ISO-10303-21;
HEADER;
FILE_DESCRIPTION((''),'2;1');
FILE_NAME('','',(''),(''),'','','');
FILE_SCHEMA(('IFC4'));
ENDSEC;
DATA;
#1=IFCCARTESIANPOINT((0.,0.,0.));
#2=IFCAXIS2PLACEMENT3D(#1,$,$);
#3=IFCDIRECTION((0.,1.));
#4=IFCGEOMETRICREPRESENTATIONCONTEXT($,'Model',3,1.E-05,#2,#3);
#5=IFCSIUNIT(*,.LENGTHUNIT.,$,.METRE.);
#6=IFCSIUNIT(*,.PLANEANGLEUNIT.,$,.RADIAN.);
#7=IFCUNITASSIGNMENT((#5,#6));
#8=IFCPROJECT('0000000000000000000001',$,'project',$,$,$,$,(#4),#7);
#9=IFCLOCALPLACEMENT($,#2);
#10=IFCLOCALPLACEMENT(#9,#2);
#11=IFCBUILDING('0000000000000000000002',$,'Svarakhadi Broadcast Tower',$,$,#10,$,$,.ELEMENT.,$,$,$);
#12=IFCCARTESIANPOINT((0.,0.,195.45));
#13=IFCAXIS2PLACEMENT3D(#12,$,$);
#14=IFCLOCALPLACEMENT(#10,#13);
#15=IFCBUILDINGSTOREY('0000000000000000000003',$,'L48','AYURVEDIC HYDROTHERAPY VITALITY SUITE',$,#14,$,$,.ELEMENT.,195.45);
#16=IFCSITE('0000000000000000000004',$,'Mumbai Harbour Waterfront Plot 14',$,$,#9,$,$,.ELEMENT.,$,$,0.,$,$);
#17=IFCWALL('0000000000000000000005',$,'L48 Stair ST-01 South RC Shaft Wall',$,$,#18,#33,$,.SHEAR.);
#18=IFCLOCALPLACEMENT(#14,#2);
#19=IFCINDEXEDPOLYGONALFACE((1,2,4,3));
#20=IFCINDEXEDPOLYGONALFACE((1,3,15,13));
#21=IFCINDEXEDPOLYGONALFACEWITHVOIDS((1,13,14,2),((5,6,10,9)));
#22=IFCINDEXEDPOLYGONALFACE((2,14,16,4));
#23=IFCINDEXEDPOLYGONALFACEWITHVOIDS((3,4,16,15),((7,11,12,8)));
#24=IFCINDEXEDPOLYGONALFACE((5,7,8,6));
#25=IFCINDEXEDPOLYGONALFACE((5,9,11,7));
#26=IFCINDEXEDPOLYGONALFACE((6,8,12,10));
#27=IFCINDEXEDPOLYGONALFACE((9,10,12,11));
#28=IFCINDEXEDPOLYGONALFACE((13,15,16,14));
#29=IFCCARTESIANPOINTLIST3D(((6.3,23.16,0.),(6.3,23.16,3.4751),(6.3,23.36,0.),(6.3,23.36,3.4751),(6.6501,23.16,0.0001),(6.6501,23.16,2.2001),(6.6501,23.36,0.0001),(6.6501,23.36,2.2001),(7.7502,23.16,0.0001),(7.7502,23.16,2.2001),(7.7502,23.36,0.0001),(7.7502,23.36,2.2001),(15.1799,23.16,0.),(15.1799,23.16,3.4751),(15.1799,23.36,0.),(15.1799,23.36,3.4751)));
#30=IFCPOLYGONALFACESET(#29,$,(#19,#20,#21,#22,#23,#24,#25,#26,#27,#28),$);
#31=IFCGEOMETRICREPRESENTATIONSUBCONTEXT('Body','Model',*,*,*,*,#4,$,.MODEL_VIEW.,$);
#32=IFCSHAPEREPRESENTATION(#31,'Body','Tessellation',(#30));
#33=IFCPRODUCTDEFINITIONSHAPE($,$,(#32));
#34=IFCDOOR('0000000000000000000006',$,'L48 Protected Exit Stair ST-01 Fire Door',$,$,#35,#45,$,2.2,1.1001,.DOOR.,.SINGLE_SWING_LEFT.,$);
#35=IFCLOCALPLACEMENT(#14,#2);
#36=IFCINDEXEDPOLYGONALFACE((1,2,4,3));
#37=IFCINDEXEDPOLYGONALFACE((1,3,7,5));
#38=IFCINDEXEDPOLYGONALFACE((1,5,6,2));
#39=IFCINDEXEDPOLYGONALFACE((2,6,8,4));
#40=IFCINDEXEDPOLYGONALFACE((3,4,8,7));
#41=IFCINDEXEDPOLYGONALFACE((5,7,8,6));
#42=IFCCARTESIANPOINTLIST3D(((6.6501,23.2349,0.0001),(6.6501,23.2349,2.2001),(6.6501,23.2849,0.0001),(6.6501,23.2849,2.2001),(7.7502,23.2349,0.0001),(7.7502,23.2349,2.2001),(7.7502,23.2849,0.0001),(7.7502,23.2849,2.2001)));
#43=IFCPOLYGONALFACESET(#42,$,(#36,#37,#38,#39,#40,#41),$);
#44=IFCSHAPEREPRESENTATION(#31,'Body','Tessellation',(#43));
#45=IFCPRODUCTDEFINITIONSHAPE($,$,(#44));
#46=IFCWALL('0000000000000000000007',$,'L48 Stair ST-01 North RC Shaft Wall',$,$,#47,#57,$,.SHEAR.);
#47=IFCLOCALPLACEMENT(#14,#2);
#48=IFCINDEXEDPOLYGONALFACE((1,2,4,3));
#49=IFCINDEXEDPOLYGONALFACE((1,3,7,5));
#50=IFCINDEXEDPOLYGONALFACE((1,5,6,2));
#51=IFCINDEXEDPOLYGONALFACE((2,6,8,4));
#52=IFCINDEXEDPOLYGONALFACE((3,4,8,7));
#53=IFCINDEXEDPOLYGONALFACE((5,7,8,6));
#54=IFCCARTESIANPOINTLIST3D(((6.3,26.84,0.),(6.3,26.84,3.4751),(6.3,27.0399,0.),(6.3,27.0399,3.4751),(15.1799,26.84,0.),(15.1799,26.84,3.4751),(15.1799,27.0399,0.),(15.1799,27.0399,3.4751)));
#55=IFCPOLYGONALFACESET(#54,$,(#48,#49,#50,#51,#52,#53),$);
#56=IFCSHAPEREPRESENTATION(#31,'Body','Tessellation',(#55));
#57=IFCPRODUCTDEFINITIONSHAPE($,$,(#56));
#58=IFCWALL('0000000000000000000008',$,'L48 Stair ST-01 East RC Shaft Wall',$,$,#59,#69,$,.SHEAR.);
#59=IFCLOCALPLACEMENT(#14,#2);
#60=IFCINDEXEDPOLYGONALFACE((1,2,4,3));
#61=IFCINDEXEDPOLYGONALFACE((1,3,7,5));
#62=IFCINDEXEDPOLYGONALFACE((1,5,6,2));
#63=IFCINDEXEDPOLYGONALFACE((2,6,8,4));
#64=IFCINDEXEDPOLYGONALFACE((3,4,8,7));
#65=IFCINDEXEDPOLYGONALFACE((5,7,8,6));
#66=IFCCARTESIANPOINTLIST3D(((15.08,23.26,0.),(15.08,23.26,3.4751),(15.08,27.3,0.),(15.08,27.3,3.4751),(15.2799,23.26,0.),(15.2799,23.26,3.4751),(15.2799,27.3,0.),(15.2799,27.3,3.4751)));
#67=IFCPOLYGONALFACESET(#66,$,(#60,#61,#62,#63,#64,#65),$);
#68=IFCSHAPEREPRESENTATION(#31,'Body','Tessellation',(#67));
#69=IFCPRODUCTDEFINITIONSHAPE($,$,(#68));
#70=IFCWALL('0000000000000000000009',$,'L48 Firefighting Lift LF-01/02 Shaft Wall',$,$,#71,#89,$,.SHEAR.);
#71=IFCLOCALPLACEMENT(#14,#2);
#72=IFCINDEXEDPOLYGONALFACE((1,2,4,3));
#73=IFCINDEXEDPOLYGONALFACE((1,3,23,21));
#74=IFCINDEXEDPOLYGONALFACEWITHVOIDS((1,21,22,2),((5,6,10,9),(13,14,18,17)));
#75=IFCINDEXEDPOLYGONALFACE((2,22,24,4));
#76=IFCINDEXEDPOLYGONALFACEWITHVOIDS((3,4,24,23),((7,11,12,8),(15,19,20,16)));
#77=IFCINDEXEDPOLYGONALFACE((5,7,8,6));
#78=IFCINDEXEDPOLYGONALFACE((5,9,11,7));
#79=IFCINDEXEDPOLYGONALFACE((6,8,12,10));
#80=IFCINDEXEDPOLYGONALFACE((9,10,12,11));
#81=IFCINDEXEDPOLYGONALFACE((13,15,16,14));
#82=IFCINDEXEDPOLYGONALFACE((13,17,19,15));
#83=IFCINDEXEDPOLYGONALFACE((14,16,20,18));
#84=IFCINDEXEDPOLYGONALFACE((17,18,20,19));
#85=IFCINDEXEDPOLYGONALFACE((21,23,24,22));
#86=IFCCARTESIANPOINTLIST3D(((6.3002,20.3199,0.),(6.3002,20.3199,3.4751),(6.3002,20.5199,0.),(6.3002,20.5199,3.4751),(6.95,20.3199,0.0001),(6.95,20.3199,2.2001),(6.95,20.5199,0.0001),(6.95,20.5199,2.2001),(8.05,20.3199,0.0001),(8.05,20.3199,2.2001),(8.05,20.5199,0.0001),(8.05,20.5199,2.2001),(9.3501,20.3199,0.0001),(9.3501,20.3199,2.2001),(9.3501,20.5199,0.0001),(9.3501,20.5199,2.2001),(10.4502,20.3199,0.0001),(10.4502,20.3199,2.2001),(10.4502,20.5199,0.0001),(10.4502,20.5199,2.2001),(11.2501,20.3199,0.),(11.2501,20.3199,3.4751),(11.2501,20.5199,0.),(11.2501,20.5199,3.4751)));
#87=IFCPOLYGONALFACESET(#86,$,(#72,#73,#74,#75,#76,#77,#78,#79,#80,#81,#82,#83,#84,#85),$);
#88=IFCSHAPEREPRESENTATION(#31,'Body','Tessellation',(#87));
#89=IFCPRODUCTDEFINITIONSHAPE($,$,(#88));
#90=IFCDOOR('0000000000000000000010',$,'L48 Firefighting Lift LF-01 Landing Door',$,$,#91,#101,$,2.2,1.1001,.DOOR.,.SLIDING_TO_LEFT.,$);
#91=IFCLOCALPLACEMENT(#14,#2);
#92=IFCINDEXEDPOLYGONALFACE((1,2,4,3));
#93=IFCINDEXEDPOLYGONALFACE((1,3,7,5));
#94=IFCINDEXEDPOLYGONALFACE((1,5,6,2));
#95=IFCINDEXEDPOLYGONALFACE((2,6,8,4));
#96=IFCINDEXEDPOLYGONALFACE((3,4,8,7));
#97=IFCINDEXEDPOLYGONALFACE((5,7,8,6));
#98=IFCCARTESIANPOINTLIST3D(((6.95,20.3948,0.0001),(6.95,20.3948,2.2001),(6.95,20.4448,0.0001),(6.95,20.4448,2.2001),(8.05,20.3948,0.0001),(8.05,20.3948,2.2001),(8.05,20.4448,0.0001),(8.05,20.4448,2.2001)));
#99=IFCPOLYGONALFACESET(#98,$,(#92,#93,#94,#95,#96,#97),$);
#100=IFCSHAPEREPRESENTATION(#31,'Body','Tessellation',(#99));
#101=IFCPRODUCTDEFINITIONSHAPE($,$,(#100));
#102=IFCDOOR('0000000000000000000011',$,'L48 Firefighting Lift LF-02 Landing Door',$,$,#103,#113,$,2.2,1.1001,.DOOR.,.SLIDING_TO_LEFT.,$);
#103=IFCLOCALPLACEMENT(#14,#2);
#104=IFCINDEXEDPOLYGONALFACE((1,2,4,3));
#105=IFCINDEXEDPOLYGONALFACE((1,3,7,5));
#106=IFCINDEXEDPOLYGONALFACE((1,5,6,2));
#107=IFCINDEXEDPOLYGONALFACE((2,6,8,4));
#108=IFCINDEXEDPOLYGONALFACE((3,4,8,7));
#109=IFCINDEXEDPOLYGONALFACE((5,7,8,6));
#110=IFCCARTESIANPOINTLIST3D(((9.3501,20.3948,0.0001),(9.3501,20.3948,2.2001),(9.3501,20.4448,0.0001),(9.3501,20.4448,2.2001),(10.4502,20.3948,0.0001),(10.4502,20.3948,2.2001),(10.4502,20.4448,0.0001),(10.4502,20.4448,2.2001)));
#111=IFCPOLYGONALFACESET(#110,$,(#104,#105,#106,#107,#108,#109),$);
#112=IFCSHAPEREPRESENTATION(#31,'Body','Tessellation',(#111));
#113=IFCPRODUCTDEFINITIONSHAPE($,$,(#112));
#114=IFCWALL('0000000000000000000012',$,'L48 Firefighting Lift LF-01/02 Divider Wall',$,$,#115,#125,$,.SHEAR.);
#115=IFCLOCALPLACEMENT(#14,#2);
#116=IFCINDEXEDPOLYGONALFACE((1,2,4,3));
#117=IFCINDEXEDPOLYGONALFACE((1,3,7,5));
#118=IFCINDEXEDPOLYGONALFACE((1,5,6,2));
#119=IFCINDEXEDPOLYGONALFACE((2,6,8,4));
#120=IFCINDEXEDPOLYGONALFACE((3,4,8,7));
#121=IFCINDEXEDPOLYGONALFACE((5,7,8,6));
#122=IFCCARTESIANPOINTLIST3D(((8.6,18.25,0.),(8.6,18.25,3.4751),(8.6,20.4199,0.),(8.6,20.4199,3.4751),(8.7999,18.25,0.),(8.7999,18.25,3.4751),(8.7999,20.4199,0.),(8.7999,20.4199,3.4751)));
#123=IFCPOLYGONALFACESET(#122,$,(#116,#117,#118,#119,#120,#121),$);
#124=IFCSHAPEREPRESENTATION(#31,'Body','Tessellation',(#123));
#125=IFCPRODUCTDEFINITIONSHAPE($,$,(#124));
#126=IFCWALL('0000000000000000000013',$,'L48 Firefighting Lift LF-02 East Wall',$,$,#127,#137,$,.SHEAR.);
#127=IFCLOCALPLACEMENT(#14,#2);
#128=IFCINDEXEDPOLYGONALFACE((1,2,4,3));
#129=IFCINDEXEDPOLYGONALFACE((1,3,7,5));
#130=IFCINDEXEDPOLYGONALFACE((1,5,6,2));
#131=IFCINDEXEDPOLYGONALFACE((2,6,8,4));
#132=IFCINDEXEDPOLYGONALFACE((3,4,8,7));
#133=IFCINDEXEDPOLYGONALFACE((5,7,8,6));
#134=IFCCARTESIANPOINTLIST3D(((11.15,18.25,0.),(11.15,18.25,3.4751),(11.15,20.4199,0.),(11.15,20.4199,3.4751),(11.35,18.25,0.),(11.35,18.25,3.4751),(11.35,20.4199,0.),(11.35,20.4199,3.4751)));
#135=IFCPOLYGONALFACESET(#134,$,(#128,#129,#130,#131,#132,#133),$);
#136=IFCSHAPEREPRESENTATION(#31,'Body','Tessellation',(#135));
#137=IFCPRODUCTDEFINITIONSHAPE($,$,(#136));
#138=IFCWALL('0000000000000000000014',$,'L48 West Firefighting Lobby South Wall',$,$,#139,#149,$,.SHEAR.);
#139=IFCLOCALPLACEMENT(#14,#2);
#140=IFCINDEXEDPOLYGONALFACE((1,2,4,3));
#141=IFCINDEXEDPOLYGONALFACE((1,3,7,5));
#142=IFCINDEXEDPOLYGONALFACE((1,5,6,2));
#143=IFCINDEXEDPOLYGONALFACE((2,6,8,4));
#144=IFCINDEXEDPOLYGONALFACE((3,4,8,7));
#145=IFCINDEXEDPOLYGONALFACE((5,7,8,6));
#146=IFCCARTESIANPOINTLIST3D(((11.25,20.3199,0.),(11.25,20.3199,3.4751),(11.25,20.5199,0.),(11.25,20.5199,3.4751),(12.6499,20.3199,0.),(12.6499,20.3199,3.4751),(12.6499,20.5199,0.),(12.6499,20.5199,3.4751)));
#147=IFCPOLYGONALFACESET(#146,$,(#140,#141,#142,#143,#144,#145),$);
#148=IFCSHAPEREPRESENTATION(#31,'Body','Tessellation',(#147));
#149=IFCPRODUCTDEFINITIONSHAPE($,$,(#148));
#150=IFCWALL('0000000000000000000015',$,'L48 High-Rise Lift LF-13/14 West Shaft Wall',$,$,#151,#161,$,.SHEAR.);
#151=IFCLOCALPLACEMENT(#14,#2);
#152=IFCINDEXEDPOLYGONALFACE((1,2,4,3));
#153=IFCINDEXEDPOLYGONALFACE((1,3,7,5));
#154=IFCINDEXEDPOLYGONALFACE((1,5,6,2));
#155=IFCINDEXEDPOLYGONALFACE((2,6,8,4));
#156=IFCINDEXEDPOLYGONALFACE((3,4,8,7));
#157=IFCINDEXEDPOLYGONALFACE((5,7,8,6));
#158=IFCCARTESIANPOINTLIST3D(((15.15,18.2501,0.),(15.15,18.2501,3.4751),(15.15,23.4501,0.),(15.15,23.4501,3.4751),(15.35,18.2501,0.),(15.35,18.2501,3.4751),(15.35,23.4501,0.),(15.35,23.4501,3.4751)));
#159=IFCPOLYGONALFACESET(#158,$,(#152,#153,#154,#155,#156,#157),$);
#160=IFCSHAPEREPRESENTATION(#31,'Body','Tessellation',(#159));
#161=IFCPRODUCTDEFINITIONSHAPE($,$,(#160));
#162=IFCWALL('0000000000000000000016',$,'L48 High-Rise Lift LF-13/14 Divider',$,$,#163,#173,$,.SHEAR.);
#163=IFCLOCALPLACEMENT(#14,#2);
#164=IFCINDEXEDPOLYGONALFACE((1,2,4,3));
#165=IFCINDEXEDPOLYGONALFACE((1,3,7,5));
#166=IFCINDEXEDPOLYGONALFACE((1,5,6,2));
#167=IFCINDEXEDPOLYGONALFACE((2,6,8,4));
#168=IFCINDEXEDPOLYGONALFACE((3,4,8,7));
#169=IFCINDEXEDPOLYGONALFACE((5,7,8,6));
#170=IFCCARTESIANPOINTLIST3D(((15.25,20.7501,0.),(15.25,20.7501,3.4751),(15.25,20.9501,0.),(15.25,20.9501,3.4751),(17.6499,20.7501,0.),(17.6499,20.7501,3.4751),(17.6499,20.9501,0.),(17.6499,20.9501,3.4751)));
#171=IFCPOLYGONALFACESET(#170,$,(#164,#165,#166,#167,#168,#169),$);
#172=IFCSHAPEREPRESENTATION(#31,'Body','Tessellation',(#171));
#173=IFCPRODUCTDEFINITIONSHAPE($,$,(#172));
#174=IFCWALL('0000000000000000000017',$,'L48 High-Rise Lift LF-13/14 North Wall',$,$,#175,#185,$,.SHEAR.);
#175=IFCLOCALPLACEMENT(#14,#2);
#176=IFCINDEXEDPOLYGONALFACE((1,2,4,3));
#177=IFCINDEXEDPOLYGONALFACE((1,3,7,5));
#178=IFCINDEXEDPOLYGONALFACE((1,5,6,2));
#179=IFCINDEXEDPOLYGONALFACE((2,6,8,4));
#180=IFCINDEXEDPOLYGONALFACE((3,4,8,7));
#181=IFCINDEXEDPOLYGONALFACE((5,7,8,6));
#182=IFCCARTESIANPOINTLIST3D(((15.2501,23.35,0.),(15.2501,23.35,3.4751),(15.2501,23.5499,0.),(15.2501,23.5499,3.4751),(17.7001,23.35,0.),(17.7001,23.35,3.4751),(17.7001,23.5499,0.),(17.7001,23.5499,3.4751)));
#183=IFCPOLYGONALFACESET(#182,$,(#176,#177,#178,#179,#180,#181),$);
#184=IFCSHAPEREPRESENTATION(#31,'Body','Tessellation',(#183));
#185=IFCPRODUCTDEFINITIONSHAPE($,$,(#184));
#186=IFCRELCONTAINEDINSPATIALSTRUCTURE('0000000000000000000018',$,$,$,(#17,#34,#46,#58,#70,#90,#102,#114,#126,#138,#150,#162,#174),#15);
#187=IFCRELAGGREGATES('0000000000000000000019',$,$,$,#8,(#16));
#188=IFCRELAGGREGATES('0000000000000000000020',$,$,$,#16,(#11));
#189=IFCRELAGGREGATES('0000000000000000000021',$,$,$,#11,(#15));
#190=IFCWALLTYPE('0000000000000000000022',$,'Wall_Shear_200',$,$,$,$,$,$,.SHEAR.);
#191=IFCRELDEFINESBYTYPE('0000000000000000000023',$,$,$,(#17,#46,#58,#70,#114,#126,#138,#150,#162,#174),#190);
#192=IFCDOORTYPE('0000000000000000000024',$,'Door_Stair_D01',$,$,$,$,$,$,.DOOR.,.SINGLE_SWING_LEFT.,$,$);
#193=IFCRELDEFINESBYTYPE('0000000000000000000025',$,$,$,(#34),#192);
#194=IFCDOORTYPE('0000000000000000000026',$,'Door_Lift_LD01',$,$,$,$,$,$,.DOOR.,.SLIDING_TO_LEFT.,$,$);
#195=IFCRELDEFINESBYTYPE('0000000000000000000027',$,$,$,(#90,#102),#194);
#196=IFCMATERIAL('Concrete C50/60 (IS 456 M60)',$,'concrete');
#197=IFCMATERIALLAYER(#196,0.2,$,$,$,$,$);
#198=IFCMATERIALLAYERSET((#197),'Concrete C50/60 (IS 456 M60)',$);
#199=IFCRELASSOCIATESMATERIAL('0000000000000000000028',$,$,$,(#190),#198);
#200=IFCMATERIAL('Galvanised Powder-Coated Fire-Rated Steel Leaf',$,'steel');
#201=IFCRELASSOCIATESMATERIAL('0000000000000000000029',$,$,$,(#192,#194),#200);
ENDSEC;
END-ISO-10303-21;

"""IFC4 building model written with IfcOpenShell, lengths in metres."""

from ifc_helpers import new_model, si_unit, direction, frame, frame_2d, origin, place, context, subcontext, project, spatial, rectangle, extrude, material, layer, layer_set, type_object, element, fill, save


model = new_model("IFC4")

# Units and contexts
model_context = context("Model", 3, precision=1e-05, world=origin(), true_north=direction((0.0, 1.0)))
body_context = subcontext(model_context, "Body", "Model", "MODEL_VIEW")
ifc_project = project(units=[si_unit("LENGTHUNIT", "METRE"), si_unit("PLANEANGLEUNIT", "RADIAN")], contexts=[model_context])

# Site, building, storey
site_placement = place(None, origin())
site = spatial("IfcSite", under=ifc_project, at=site_placement, Name="Mumbai Harbour Waterfront Plot 14", CompositionType="ELEMENT", RefElevation=0.0)
building_placement = place(site_placement, origin())
building = spatial("IfcBuilding", under=site, at=building_placement, Name="Svarakhadi Broadcast Tower", CompositionType="ELEMENT")
storey_placement = place(building_placement, frame((0.0, 0.0, 195.45)))
storey = spatial("IfcBuildingStorey", under=building, at=storey_placement, Name="L48", Description="AYURVEDIC HYDROTHERAPY VITALITY SUITE", CompositionType="ELEMENT", Elevation=195.45)

# Shared definitions
ifc_material_1 = material(Name="Concrete C50/60 (IS 456 M60)", Category="concrete")

# Wall, opening, door
ifc_layer_1 = layer(ifc_material_1, 0.2)
ifc_layer_set_1 = layer_set([ifc_layer_1], Name="Concrete C50/60 (IS 456 M60)")
wall_type_1 = type_object("IfcWallType", Name="Wall_Shear_200", PredefinedType="SHEAR", material=ifc_layer_set_1)
wall_1_placement = place(storey_placement, frame((6.3, 23.26, 0.0), z_axis=(0.0, 0.0, 1.0), x_axis=(1.0, 0.0, 0.0)))
wall_1 = element("IfcWall", 1, at=wall_1_placement, inside=storey, type_object=wall_type_1, Name="L48 Stair ST-01 South RC Shaft Wall", PredefinedType="SHEAR", context=body_context, shape_type="SweptSolid", body=[
    extrude(rectangle(XDim=8.8799, YDim=0.2, at=frame_2d((4.4399, 0.0))), origin(), (0.0, 0.0, 1.0), 3.4751),
])
opening_1_placement = place(wall_1_placement, frame((0.3501, 0.0, 0.0)))
opening_1 = element("IfcOpeningElement", 2, at=opening_1_placement, cuts=wall_1, PredefinedType="OPENING", context=body_context, shape_type="SweptSolid", body=[
    extrude(rectangle(XDim=1.1001, YDim=2.2, at=frame_2d((0.55, 1.1001))), frame((0.0, 0.1099, 0.0), z_axis=(0.0, -1.0, 0.0), x_axis=(1.0, 0.0, 0.0)), (0.0, 0.0, 1.0), 0.22),
])
ifc_material_2 = material(Name="Galvanised Powder-Coated Fire-Rated Steel Leaf", Category="steel")
door_type_1 = type_object("IfcDoorType", Name="Door_Stair_D01", OperationType="SINGLE_SWING_LEFT", PredefinedType="DOOR", material=ifc_material_2)
door_1_placement = place(opening_1_placement, origin())
door_1 = element("IfcDoor", 3, at=door_1_placement, inside=storey, type_object=door_type_1, Name="L48 Protected Exit Stair ST-01 Fire Door", OperationType="SINGLE_SWING_LEFT", OverallHeight=2.2, OverallWidth=1.1001, PredefinedType="DOOR", context=body_context, shape_type="SweptSolid", body=[
    extrude(rectangle(XDim=1.1001, YDim=2.2, at=frame_2d((0.55, 1.1001))), frame((0.0, 0.0249, 0.0), z_axis=(0.0, -1.0, 0.0), x_axis=(1.0, 0.0, 0.0)), (0.0, 0.0, 1.0), 0.05),
])
fill(opening_1, door_1)

# Walls
wall_2_placement = place(storey_placement, frame((6.3, 26.9399, 0.0), z_axis=(0.0, 0.0, 1.0), x_axis=(1.0, 0.0, 0.0)))
element("IfcWall", 4, at=wall_2_placement, inside=storey, type_object=wall_type_1, Name="L48 Stair ST-01 North RC Shaft Wall", PredefinedType="SHEAR", context=body_context, shape_type="SweptSolid", body=[
    extrude(rectangle(XDim=8.8799, YDim=0.2, at=frame_2d((4.4399, 0.0))), origin(), (0.0, 0.0, 1.0), 3.4751),
])
wall_3_placement = place(storey_placement, frame((15.1799, 23.26, 0.0), z_axis=(0.0, 0.0, 1.0), x_axis=(0.0, 1.0, 0.0)))
element("IfcWall", 5, at=wall_3_placement, inside=storey, type_object=wall_type_1, Name="L48 Stair ST-01 East RC Shaft Wall", PredefinedType="SHEAR", context=body_context, shape_type="SweptSolid", body=[
    extrude(rectangle(XDim=4.04, YDim=0.2, at=frame_2d((2.02, 0.0))), origin(), (0.0, 0.0, 1.0), 3.4751),
])

# Wall, openings, doors
wall_4_placement = place(storey_placement, frame((6.3, 20.4199, 0.0), z_axis=(0.0, 0.0, 1.0), x_axis=(1.0, 0.0, 0.0)))
wall_4 = element("IfcWall", 6, at=wall_4_placement, inside=storey, type_object=wall_type_1, Name="L48 Firefighting Lift LF-01/02 Shaft Wall", PredefinedType="SHEAR", context=body_context, shape_type="SweptSolid", body=[
    extrude(rectangle(XDim=4.95, YDim=0.2, at=frame_2d((2.4751, 0.0))), origin(), (0.0, 0.0, 1.0), 3.4751),
])
opening_2_placement = place(wall_4_placement, frame((0.6499, 0.0, 0.0)))
opening_2 = element("IfcOpeningElement", 7, at=opening_2_placement, cuts=wall_4, PredefinedType="OPENING", context=body_context, shape_type="SweptSolid", body=[
    extrude(rectangle(XDim=1.1001, YDim=2.2, at=frame_2d((0.55, 1.1001))), frame((0.0, 0.1099, 0.0), z_axis=(0.0, -1.0, 0.0), x_axis=(1.0, 0.0, 0.0)), (0.0, 0.0, 1.0), 0.22),
])
opening_3_placement = place(wall_4_placement, frame((3.05, 0.0, 0.0)))
opening_3 = element("IfcOpeningElement", 8, at=opening_3_placement, cuts=wall_4, PredefinedType="OPENING", context=body_context, shape_type="SweptSolid", body=[
    extrude(rectangle(XDim=1.1001, YDim=2.2, at=frame_2d((0.55, 1.1001))), frame((0.0, 0.1099, 0.0), z_axis=(0.0, -1.0, 0.0), x_axis=(1.0, 0.0, 0.0)), (0.0, 0.0, 1.0), 0.22),
])
door_type_2 = type_object("IfcDoorType", Name="Door_Lift_LD01", OperationType="SLIDING_TO_LEFT", PredefinedType="DOOR", material=ifc_material_2)
door_2_placement = place(opening_2_placement, origin())
door_2 = element("IfcDoor", 9, at=door_2_placement, inside=storey, type_object=door_type_2, Name="L48 Firefighting Lift LF-01 Landing Door", OperationType="SLIDING_TO_LEFT", OverallHeight=2.2, OverallWidth=1.1001, PredefinedType="DOOR", context=body_context, shape_type="SweptSolid", body=[
    extrude(rectangle(XDim=1.1001, YDim=2.2, at=frame_2d((0.55, 1.1001))), frame((0.0, 0.0249, 0.0), z_axis=(0.0, -1.0, 0.0), x_axis=(1.0, 0.0, 0.0)), (0.0, 0.0, 1.0), 0.05),
])
fill(opening_2, door_2)
door_3_placement = place(opening_3_placement, origin())
door_3 = element("IfcDoor", 10, at=door_3_placement, inside=storey, type_object=door_type_2, Name="L48 Firefighting Lift LF-02 Landing Door", OperationType="SLIDING_TO_LEFT", OverallHeight=2.2, OverallWidth=1.1001, PredefinedType="DOOR", context=body_context, shape_type="SweptSolid", body=[
    extrude(rectangle(XDim=1.1001, YDim=2.2, at=frame_2d((0.55, 1.1001))), frame((0.0, 0.0249, 0.0), z_axis=(0.0, -1.0, 0.0), x_axis=(1.0, 0.0, 0.0)), (0.0, 0.0, 1.0), 0.05),
])
fill(opening_3, door_3)

# Walls
for number, where, z_axis, x_axis, name in (
    (11, (8.7, 18.25, 0.0), (0.0, 0.0, 1.0), (0.0, 1.0, 0.0), "L48 Firefighting Lift LF-01/02 Divider Wall"),
    (12, (11.25, 18.25, 0.0), (0.0, 0.0, 1.0), (0.0, 1.0, 0.0), "L48 Firefighting Lift LF-02 East Wall"),
):
    element("IfcWall", number, at=place(storey_placement, frame(where, z_axis=z_axis, x_axis=x_axis)), inside=storey, type_object=wall_type_1, Name=name, PredefinedType="SHEAR", context=body_context, shape_type="SweptSolid", body=[
        extrude(rectangle(XDim=2.1699, YDim=0.2, at=frame_2d((1.085, 0.0))), origin(), (0.0, 0.0, 1.0), 3.4751),
    ])
wall_5_placement = place(storey_placement, frame((11.25, 20.4199, 0.0), z_axis=(0.0, 0.0, 1.0), x_axis=(1.0, 0.0, 0.0)))
element("IfcWall", 13, at=wall_5_placement, inside=storey, type_object=wall_type_1, Name="L48 West Firefighting Lobby South Wall", PredefinedType="SHEAR", context=body_context, shape_type="SweptSolid", body=[
    extrude(rectangle(XDim=1.3999, YDim=0.2, at=frame_2d((0.7, 0.0))), origin(), (0.0, 0.0, 1.0), 3.4751),
])

# Walls
wall_6_placement = place(storey_placement, frame((15.25, 18.25, 0.0), z_axis=(0.0, 0.0, 1.0), x_axis=(0.0, 1.0, 0.0)))
element("IfcWall", 14, at=wall_6_placement, inside=storey, type_object=wall_type_1, Name="L48 High-Rise Lift LF-13/14 West Shaft Wall", PredefinedType="SHEAR", context=body_context, shape_type="SweptSolid", body=[
    extrude(rectangle(XDim=5.2, YDim=0.2, at=frame_2d((2.6001, 0.0))), origin(), (0.0, 0.0, 1.0), 3.4751),
])
wall_7_placement = place(storey_placement, frame((15.25, 20.8501, 0.0), z_axis=(0.0, 0.0, 1.0), x_axis=(1.0, 0.0, 0.0)))
element("IfcWall", 15, at=wall_7_placement, inside=storey, type_object=wall_type_1, Name="L48 High-Rise Lift LF-13/14 Divider", PredefinedType="SHEAR", context=body_context, shape_type="SweptSolid", body=[
    extrude(rectangle(XDim=2.3999, YDim=0.2, at=frame_2d((1.2, 0.0))), origin(), (0.0, 0.0, 1.0), 3.4751),
])
wall_8_placement = place(storey_placement, frame((15.25, 23.45, 0.0), z_axis=(0.0, 0.0, 1.0), x_axis=(1.0, 0.0, 0.0)))
element("IfcWall", 16, at=wall_8_placement, inside=storey, type_object=wall_type_1, Name="L48 High-Rise Lift LF-13/14 North Wall", PredefinedType="SHEAR", context=body_context, shape_type="SweptSolid", body=[
    extrude(rectangle(XDim=2.45, YDim=0.2, at=frame_2d((1.2251, 0.0))), origin(), (0.0, 0.0, 1.0), 3.4751),
])

save(model, "model.ifc")
